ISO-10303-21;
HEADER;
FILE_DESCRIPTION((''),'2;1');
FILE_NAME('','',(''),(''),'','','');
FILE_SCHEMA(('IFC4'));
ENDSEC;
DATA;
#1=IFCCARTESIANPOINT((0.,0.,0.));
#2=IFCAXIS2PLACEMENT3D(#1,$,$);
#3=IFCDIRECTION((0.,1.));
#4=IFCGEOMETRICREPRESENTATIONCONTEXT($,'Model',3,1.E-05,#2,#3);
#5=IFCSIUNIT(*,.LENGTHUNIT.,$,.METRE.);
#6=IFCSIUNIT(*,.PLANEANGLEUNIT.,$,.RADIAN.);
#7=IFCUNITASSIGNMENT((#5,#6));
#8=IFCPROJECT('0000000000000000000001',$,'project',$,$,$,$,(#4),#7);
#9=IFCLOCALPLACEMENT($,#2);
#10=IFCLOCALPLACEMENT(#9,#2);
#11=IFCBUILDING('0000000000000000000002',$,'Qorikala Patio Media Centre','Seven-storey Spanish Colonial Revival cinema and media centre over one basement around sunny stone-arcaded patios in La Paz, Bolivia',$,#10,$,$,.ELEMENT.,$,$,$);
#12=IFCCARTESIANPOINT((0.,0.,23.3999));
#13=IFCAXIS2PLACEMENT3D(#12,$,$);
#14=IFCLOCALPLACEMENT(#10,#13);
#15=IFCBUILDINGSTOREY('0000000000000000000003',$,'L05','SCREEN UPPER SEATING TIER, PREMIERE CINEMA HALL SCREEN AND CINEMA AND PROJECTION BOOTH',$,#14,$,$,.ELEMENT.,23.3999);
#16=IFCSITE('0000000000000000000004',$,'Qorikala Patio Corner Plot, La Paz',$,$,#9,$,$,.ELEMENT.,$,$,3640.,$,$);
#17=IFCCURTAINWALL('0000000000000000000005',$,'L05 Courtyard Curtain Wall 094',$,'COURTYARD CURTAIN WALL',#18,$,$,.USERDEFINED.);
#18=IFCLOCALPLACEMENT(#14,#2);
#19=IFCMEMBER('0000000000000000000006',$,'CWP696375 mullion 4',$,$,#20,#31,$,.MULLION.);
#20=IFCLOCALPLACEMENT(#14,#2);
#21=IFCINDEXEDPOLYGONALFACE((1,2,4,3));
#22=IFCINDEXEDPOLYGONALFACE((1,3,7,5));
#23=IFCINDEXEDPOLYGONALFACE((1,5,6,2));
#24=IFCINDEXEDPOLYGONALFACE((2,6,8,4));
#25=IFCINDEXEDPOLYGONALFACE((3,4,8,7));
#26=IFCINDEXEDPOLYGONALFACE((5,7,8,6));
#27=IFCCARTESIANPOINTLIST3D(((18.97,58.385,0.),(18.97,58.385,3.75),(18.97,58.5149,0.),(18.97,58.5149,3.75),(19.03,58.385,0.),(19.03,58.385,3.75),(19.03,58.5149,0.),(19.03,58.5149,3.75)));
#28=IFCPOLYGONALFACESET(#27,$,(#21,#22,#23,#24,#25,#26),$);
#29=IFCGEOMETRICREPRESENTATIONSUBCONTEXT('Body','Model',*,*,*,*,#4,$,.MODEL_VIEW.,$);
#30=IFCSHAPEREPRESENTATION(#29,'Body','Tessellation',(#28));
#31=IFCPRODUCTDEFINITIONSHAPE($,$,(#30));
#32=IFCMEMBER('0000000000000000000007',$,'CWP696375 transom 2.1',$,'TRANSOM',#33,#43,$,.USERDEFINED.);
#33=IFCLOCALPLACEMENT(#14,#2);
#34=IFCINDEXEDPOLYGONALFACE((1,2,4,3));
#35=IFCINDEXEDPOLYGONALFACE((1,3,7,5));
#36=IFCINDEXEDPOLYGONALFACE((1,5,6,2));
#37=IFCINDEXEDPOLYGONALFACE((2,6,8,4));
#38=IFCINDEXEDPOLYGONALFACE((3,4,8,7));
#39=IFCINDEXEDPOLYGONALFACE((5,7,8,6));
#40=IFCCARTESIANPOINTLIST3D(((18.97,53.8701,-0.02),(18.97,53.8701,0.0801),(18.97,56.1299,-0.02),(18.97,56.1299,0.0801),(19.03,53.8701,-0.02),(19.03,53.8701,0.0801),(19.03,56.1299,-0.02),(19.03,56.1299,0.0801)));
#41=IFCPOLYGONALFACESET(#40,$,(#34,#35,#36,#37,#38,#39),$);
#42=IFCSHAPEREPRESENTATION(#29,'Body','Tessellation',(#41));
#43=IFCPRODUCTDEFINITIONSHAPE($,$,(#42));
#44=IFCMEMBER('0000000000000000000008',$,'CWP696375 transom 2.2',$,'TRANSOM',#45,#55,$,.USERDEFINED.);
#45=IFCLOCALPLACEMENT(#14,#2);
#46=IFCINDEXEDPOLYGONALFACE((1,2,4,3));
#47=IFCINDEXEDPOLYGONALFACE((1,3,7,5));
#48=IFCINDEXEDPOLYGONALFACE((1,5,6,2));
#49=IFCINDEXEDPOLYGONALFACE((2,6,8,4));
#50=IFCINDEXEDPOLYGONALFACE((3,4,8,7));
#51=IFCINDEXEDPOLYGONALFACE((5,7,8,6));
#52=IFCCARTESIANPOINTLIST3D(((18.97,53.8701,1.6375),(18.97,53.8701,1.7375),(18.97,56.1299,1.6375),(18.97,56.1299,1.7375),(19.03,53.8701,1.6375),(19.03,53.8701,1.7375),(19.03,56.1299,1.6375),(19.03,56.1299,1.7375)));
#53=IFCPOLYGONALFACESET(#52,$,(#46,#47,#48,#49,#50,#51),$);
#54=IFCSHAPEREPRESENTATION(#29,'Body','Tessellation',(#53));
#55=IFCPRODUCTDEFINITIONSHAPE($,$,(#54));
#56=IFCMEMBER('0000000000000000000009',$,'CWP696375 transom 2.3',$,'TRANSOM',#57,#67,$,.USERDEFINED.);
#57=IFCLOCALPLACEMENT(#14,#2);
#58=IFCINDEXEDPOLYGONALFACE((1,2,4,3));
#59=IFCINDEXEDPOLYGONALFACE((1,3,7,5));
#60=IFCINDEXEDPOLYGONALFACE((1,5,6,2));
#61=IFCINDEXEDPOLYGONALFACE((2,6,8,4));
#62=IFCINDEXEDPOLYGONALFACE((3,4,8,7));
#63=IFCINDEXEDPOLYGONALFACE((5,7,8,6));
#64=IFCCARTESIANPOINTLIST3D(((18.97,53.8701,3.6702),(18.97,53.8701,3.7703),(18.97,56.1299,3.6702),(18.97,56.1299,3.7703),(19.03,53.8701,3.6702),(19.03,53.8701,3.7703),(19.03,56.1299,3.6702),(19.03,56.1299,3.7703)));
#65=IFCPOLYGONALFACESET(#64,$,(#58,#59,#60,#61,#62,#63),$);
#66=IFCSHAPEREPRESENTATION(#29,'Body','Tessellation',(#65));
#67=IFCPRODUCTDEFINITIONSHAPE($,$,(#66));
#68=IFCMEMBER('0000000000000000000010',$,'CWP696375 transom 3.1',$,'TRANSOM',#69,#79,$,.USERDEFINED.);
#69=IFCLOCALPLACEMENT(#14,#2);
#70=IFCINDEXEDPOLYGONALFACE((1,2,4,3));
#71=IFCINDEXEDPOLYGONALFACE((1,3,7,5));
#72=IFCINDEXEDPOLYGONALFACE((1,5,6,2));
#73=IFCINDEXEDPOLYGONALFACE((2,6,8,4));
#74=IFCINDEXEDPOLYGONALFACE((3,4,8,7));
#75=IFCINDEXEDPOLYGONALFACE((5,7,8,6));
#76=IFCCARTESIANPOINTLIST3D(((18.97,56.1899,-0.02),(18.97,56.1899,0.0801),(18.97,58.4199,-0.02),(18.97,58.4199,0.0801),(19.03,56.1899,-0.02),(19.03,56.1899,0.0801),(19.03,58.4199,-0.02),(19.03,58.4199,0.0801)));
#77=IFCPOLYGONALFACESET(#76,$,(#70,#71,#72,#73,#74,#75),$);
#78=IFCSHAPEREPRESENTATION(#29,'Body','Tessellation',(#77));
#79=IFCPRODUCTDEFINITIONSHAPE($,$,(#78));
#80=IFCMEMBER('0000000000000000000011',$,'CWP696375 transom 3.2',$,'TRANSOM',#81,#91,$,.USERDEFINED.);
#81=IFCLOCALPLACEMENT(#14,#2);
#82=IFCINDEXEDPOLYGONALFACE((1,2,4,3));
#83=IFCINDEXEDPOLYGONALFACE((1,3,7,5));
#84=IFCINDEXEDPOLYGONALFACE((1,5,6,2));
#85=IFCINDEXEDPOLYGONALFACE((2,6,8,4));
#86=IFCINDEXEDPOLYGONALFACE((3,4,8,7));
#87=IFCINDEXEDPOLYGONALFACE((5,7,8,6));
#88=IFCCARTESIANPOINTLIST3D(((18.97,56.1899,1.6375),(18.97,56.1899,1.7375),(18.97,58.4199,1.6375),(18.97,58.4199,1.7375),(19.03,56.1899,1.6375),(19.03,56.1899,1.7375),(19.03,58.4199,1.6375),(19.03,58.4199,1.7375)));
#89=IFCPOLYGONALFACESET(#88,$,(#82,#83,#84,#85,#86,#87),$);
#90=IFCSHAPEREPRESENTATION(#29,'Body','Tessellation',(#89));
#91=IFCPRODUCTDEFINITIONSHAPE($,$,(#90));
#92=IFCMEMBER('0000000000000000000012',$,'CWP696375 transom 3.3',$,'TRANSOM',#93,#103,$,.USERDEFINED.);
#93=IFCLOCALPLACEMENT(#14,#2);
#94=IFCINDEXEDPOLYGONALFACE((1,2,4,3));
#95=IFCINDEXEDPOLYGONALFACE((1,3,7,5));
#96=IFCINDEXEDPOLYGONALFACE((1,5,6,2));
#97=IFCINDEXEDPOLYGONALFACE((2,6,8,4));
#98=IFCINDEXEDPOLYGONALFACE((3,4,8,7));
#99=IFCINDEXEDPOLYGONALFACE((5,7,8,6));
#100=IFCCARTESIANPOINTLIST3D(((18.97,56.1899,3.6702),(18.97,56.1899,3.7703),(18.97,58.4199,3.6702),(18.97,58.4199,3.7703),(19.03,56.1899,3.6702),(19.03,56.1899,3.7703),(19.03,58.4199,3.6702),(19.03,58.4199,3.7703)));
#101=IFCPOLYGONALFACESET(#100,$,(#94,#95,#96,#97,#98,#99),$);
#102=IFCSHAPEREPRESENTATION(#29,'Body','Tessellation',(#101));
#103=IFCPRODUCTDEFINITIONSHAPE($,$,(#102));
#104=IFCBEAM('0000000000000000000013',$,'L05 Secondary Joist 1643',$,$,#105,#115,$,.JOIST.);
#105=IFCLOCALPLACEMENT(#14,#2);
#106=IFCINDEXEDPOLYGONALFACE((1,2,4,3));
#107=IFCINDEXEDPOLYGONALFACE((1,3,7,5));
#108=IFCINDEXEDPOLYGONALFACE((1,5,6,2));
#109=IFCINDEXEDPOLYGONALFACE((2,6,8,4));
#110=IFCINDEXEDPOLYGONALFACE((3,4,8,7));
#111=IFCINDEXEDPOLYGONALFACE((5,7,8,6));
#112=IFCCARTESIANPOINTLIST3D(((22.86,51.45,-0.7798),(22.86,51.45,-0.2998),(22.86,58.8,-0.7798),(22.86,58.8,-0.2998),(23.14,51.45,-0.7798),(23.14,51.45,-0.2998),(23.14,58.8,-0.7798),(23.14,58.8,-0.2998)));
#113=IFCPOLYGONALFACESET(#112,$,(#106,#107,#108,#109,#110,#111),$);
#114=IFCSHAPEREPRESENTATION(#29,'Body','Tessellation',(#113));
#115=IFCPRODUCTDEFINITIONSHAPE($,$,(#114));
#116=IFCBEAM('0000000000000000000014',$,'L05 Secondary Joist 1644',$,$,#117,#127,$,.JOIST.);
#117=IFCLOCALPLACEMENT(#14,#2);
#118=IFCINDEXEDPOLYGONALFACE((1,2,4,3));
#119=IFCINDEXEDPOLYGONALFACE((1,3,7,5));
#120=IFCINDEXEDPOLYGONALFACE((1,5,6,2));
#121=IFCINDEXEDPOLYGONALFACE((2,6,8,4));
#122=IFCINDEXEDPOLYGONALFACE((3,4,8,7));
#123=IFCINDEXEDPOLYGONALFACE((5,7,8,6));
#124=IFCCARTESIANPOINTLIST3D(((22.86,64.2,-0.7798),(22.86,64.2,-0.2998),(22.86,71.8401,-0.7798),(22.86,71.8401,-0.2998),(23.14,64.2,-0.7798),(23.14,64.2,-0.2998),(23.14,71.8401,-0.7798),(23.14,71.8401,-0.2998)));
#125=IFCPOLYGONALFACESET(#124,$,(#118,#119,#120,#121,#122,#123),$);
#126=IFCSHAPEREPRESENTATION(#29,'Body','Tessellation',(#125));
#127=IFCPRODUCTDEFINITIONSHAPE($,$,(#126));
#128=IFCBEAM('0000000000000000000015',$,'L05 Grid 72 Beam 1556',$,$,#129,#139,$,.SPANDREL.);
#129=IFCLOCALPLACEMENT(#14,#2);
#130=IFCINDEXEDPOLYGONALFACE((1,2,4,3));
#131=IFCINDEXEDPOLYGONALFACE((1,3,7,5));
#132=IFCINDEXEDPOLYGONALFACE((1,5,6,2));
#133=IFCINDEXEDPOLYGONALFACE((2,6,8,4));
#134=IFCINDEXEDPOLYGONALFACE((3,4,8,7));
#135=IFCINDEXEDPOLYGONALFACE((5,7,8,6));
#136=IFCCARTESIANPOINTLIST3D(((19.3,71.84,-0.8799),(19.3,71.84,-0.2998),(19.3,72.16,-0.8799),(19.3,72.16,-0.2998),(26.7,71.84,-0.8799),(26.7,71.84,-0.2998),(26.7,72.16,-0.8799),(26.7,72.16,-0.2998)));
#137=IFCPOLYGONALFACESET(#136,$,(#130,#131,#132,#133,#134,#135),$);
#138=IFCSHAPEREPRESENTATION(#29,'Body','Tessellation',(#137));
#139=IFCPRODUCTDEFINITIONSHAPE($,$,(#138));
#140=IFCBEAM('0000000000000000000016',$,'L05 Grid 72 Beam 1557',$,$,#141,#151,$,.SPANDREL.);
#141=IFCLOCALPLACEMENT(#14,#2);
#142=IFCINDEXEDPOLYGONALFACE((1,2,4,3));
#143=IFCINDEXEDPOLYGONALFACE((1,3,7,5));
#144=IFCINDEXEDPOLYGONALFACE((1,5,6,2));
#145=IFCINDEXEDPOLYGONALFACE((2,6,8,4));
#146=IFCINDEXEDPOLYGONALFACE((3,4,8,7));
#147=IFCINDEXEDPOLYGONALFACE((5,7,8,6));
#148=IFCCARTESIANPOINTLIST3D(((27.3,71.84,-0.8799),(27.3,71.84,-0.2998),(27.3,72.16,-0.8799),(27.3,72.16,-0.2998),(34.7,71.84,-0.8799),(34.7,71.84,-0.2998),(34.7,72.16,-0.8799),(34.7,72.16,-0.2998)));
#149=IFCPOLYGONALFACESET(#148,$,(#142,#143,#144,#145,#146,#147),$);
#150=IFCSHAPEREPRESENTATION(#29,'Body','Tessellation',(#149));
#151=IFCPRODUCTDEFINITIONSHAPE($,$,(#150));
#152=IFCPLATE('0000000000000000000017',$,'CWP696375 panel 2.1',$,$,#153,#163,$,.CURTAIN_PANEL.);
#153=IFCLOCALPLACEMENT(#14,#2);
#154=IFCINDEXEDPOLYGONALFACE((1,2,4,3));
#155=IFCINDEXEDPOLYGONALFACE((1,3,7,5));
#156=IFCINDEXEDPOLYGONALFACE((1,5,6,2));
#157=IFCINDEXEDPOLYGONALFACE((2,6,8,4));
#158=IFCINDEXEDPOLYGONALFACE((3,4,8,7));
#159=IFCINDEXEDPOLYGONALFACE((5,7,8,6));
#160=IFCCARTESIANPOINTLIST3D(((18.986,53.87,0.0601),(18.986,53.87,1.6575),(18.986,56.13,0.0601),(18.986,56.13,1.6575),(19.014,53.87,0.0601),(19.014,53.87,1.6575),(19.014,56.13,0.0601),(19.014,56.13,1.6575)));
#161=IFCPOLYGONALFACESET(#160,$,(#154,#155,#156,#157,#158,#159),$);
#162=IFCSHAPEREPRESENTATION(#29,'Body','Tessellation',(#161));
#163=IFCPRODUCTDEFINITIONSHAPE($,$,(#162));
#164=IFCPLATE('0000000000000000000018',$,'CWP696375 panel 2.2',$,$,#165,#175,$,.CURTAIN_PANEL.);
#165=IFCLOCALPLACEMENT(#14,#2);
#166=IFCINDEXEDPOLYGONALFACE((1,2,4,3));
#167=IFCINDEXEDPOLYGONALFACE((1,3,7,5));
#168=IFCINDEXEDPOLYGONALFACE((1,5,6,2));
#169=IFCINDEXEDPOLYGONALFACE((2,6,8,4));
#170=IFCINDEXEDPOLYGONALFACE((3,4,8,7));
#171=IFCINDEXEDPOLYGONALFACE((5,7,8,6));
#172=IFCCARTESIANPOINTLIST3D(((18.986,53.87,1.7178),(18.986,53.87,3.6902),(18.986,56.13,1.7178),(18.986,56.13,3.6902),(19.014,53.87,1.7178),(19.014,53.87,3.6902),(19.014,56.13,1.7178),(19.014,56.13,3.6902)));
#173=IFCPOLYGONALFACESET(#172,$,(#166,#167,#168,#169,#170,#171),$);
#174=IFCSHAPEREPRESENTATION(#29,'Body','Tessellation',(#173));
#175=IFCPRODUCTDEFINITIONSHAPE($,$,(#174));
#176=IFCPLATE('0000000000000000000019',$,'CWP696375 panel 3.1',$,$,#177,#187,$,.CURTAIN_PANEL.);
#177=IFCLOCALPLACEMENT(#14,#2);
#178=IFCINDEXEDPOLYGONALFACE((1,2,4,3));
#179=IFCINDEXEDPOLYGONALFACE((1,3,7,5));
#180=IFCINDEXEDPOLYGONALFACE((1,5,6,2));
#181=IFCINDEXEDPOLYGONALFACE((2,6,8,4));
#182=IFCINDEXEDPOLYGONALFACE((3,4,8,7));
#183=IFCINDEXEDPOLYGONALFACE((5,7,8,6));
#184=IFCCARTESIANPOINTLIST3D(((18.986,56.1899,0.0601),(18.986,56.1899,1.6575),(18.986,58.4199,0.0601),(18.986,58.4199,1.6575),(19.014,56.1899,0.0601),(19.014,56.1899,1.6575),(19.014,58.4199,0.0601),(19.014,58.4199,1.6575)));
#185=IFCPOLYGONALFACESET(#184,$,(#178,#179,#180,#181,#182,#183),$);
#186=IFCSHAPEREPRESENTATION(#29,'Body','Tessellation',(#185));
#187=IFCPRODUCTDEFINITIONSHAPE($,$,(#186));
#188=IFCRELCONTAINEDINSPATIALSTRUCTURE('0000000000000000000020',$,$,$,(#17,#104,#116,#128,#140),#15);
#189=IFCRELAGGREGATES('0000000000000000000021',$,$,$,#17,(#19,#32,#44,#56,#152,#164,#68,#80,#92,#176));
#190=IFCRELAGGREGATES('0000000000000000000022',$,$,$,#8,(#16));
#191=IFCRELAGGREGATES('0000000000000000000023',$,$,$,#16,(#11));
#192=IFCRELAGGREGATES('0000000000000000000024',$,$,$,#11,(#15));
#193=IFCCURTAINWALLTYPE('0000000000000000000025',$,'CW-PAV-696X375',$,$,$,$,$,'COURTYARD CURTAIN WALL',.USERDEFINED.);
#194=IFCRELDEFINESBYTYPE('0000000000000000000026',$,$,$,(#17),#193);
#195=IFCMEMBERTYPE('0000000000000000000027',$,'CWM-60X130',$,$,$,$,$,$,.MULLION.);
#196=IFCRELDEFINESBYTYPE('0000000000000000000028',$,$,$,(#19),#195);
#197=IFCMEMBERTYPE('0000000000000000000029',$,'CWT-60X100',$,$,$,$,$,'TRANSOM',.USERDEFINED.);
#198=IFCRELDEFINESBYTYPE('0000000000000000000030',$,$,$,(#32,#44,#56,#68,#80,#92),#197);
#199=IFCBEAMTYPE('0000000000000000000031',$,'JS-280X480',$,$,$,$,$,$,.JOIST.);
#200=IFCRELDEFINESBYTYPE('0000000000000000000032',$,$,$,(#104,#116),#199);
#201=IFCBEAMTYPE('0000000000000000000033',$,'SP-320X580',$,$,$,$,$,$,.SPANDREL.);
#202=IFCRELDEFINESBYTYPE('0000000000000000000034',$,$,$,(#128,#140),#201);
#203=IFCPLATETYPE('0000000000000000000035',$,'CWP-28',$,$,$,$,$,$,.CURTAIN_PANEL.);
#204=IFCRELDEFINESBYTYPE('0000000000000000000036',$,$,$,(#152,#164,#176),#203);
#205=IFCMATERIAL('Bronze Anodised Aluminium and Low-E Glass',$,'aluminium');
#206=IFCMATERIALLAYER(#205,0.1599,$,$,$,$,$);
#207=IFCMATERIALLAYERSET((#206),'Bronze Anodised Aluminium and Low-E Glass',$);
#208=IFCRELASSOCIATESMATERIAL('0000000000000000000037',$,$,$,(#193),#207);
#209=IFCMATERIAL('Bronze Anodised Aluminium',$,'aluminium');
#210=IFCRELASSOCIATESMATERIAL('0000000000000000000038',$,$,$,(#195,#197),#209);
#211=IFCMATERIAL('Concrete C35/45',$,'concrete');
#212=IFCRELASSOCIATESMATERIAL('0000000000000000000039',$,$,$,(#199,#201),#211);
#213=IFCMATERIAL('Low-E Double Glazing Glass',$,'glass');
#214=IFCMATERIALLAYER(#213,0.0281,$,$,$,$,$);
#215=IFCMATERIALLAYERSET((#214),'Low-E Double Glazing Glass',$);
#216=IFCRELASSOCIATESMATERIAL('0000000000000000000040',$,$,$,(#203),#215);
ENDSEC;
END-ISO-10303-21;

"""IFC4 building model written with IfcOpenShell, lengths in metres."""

from ifc_helpers import new_model, si_unit, direction, frame, origin, origin_2d, place, context, subcontext, project, spatial, rectangle, extrude, material, layer, layer_set, material_profile, profile_set, type_object, element, aggregate, save


model = new_model("IFC4")

# Units and contexts
model_context = context("Model", 3, precision=1e-05, world=origin(), true_north=direction((0.0, 1.0)))
body_context = subcontext(model_context, "Body", "Model", "MODEL_VIEW")
ifc_project = project(units=[si_unit("LENGTHUNIT", "METRE"), si_unit("PLANEANGLEUNIT", "RADIAN")], contexts=[model_context])

# Site, building, storey
site_placement = place(None, origin())
site = spatial("IfcSite", under=ifc_project, at=site_placement, Name="Qorikala Patio Corner Plot, La Paz", CompositionType="ELEMENT", RefElevation=3640.0)
building_placement = place(site_placement, origin())
building = spatial("IfcBuilding", under=site, at=building_placement, Name="Qorikala Patio Media Centre", Description="Seven-storey Spanish Colonial Revival cinema and media centre over one basement around sunny stone-arcaded patios in La Paz, Bolivia", CompositionType="ELEMENT")
storey_placement = place(building_placement, frame((0.0, 0.0, 23.3999)))
storey = spatial("IfcBuildingStorey", under=building, at=storey_placement, Name="L05", Description="SCREEN UPPER SEATING TIER, PREMIERE CINEMA HALL SCREEN AND CINEMA AND PROJECTION BOOTH", CompositionType="ELEMENT", Elevation=23.3999)

# Shared definitions
ifc_material_1 = material(Name="Concrete C35/45", Category="concrete")

# Curtain wall, members
ifc_material_2 = material(Name="Bronze Anodised Aluminium and Low-E Glass", Category="aluminium")
ifc_layer_1 = layer(ifc_material_2, 0.1599)
ifc_layer_set_1 = layer_set([ifc_layer_1], Name="Bronze Anodised Aluminium and Low-E Glass")
curtain_wall_type = type_object("IfcCurtainWallType", Name="CW-PAV-696X375", ElementType="COURTYARD CURTAIN WALL", PredefinedType="USERDEFINED", material=ifc_layer_set_1)
curtain_wall_placement = place(storey_placement, origin())
curtain_wall = element("IfcCurtainWall", 1, at=curtain_wall_placement, inside=storey, type_object=curtain_wall_type, Name="L05 Courtyard Curtain Wall 094", ObjectType="COURTYARD CURTAIN WALL", PredefinedType="USERDEFINED")
ifc_material_3 = material(Name="Bronze Anodised Aluminium", Category="aluminium")
ifc_material_profile_1 = material_profile(ifc_material_3, rectangle(XDim=0.0601, YDim=0.1299, at=origin_2d()), Name="ALU MULLION 60x130")
ifc_profile_set_1 = profile_set([ifc_material_profile_1], Name="Bronze Anodised Aluminium")
member_type_1 = type_object("IfcMemberType", Name="CWM-60X130", PredefinedType="MULLION", material=ifc_profile_set_1)
member_1_placement = place(storey_placement, frame((19.0, 58.45, 0.0), z_axis=(0.0, 0.0, 1.0), x_axis=(-1.0, 0.0, 0.0)))
member_1 = element("IfcMember", 2, at=member_1_placement, type_object=member_type_1, Name="CWP696375 mullion 4", PredefinedType="MULLION", context=body_context, shape_type="SweptSolid", body=[
    extrude(rectangle(XDim=0.0601, YDim=0.1299, at=origin_2d()), origin(), (0.0, 0.0, 1.0), 3.75),
])
ifc_material_profile_2 = material_profile(ifc_material_3, rectangle(XDim=0.0601, YDim=0.1001, at=origin_2d()), Name="ALU TRANSOM 60x100")
ifc_profile_set_2 = profile_set([ifc_material_profile_2], Name="Bronze Anodised Aluminium")
member_type_2 = type_object("IfcMemberType", Name="CWT-60X100", ElementType="TRANSOM", PredefinedType="USERDEFINED", material=ifc_profile_set_2)
member_2_placement = place(storey_placement, frame((19.0, 53.8701, 0.03), z_axis=(0.0, 1.0, 0.0), x_axis=(-1.0, 0.0, 0.0)))
member_2 = element("IfcMember", 3, at=member_2_placement, type_object=member_type_2, Name="CWP696375 transom 2.1", ObjectType="TRANSOM", PredefinedType="USERDEFINED", context=body_context, shape_type="SweptSolid", body=[
    extrude(rectangle(XDim=0.0601, YDim=0.1001, at=origin_2d()), origin(), (0.0, 0.0, 1.0), 2.2598),
])
member_3_placement = place(storey_placement, frame((19.0, 53.8701, 1.6875), z_axis=(0.0, 1.0, 0.0), x_axis=(-1.0, 0.0, 0.0)))
member_3 = element("IfcMember", 4, at=member_3_placement, type_object=member_type_2, Name="CWP696375 transom 2.2", ObjectType="TRANSOM", PredefinedType="USERDEFINED", context=body_context, shape_type="SweptSolid", body=[
    extrude(rectangle(XDim=0.0601, YDim=0.1001, at=origin_2d()), origin(), (0.0, 0.0, 1.0), 2.2598),
])
member_4_placement = place(storey_placement, frame((19.0, 53.8701, 3.7202), z_axis=(0.0, 1.0, 0.0), x_axis=(-1.0, 0.0, 0.0)))
member_4 = element("IfcMember", 5, at=member_4_placement, type_object=member_type_2, Name="CWP696375 transom 2.3", ObjectType="TRANSOM", PredefinedType="USERDEFINED", context=body_context, shape_type="SweptSolid", body=[
    extrude(rectangle(XDim=0.0601, YDim=0.1001, at=origin_2d()), origin(), (0.0, 0.0, 1.0), 2.2598),
])
member_5_placement = place(storey_placement, frame((19.0, 56.1899, 0.03), z_axis=(0.0, 1.0, 0.0), x_axis=(-1.0, 0.0, 0.0)))
member_5 = element("IfcMember", 6, at=member_5_placement, type_object=member_type_2, Name="CWP696375 transom 3.1", ObjectType="TRANSOM", PredefinedType="USERDEFINED", context=body_context, shape_type="SweptSolid", body=[
    extrude(rectangle(XDim=0.0601, YDim=0.1001, at=origin_2d()), origin(), (0.0, 0.0, 1.0), 2.23),
])
member_6_placement = place(storey_placement, frame((19.0, 56.1899, 1.6875), z_axis=(0.0, 1.0, 0.0), x_axis=(-1.0, 0.0, 0.0)))
member_6 = element("IfcMember", 7, at=member_6_placement, type_object=member_type_2, Name="CWP696375 transom 3.2", ObjectType="TRANSOM", PredefinedType="USERDEFINED", context=body_context, shape_type="SweptSolid", body=[
    extrude(rectangle(XDim=0.0601, YDim=0.1001, at=origin_2d()), origin(), (0.0, 0.0, 1.0), 2.23),
])
member_7_placement = place(storey_placement, frame((19.0, 56.1899, 3.7202), z_axis=(0.0, 1.0, 0.0), x_axis=(-1.0, 0.0, 0.0)))
member_7 = element("IfcMember", 8, at=member_7_placement, type_object=member_type_2, Name="CWP696375 transom 3.3", ObjectType="TRANSOM", PredefinedType="USERDEFINED", context=body_context, shape_type="SweptSolid", body=[
    extrude(rectangle(XDim=0.0601, YDim=0.1001, at=origin_2d()), origin(), (0.0, 0.0, 1.0), 2.23),
])

# Beams
ifc_material_profile_3 = material_profile(ifc_material_1, rectangle(XDim=0.28, YDim=0.48, at=origin_2d()), Name="RC 280x480")
ifc_profile_set_3 = profile_set([ifc_material_profile_3], Name="Concrete C35/45")
beam_type_1 = type_object("IfcBeamType", Name="JS-280X480", PredefinedType="JOIST", material=ifc_profile_set_3)
beam_1_placement = place(storey_placement, frame((23.0, 51.45, -0.5398), z_axis=(0.0, 1.0, 0.0), x_axis=(-1.0, 0.0, 0.0)))
element("IfcBeam", 9, at=beam_1_placement, inside=storey, type_object=beam_type_1, Name="L05 Secondary Joist 1643", PredefinedType="JOIST", context=body_context, shape_type="SweptSolid", body=[
    extrude(rectangle(XDim=0.28, YDim=0.48, at=origin_2d()), origin(), (0.0, 0.0, 1.0), 7.3501),
])
beam_2_placement = place(storey_placement, frame((23.0, 64.2, -0.5398), z_axis=(0.0, 1.0, 0.0), x_axis=(-1.0, 0.0, 0.0)))
element("IfcBeam", 10, at=beam_2_placement, inside=storey, type_object=beam_type_1, Name="L05 Secondary Joist 1644", PredefinedType="JOIST", context=body_context, shape_type="SweptSolid", body=[
    extrude(rectangle(XDim=0.28, YDim=0.48, at=origin_2d()), origin(), (0.0, 0.0, 1.0), 7.6401),
])
ifc_material_profile_4 = material_profile(ifc_material_1, rectangle(XDim=0.3201, YDim=0.5801, at=origin_2d()), Name="RC 320x580")
ifc_profile_set_4 = profile_set([ifc_material_profile_4], Name="Concrete C35/45")
beam_type_2 = type_object("IfcBeamType", Name="SP-320X580", PredefinedType="SPANDREL", material=ifc_profile_set_4)
for number, where, z_axis, x_axis, name in (
    (11, (19.3, 72.0, -0.5898), (1.0, 0.0, 0.0), (0.0, 1.0, 0.0), "L05 Grid 72 Beam 1556"),
    (12, (27.3, 72.0, -0.5898), (1.0, 0.0, 0.0), (0.0, 1.0, 0.0), "L05 Grid 72 Beam 1557"),
):
    element("IfcBeam", number, at=place(storey_placement, frame(where, z_axis=z_axis, x_axis=x_axis)), inside=storey, type_object=beam_type_2, Name=name, PredefinedType="SPANDREL", context=body_context, shape_type="SweptSolid", body=[
        extrude(rectangle(XDim=0.3201, YDim=0.5801, at=origin_2d()), origin(), (0.0, 0.0, 1.0), 7.3999),
    ])

# Plates
ifc_material_4 = material(Name="Low-E Double Glazing Glass", Category="glass")
ifc_layer_2 = layer(ifc_material_4, 0.0281)
ifc_layer_set_2 = layer_set([ifc_layer_2], Name="Low-E Double Glazing Glass")
plate_type = type_object("IfcPlateType", Name="CWP-28", PredefinedType="CURTAIN_PANEL", material=ifc_layer_set_2)
plate_1_placement = place(storey_placement, frame((19.0, 55.0, 0.0601), z_axis=(0.0, 0.0, 1.0), x_axis=(0.0, 1.0, 0.0)))
plate_1 = element("IfcPlate", 13, at=plate_1_placement, type_object=plate_type, Name="CWP696375 panel 2.1", PredefinedType="CURTAIN_PANEL", context=body_context, shape_type="SweptSolid", body=[
    extrude(rectangle(XDim=2.26, YDim=0.0281, at=origin_2d()), origin(), (0.0, 0.0, 1.0), 1.5974),
])
plate_2_placement = place(storey_placement, frame((19.0, 55.0, 1.7178), z_axis=(0.0, 0.0, 1.0), x_axis=(0.0, 1.0, 0.0)))
plate_2 = element("IfcPlate", 14, at=plate_2_placement, type_object=plate_type, Name="CWP696375 panel 2.2", PredefinedType="CURTAIN_PANEL", context=body_context, shape_type="SweptSolid", body=[
    extrude(rectangle(XDim=2.26, YDim=0.0281, at=origin_2d()), origin(), (0.0, 0.0, 1.0), 1.9724),
])
plate_3_placement = place(storey_placement, frame((19.0, 57.3049, 0.0601), z_axis=(0.0, 0.0, 1.0), x_axis=(0.0, 1.0, 0.0)))
plate_3 = element("IfcPlate", 15, at=plate_3_placement, type_object=plate_type, Name="CWP696375 panel 3.1", PredefinedType="CURTAIN_PANEL", context=body_context, shape_type="SweptSolid", body=[
    extrude(rectangle(XDim=2.23, YDim=0.0281, at=origin_2d()), origin(), (0.0, 0.0, 1.0), 1.5974),
])
aggregate(curtain_wall, [member_1, member_2, member_3, member_4, plate_1, plate_2, member_5, member_6, member_7, plate_3])

save(model, "model.ifc")
